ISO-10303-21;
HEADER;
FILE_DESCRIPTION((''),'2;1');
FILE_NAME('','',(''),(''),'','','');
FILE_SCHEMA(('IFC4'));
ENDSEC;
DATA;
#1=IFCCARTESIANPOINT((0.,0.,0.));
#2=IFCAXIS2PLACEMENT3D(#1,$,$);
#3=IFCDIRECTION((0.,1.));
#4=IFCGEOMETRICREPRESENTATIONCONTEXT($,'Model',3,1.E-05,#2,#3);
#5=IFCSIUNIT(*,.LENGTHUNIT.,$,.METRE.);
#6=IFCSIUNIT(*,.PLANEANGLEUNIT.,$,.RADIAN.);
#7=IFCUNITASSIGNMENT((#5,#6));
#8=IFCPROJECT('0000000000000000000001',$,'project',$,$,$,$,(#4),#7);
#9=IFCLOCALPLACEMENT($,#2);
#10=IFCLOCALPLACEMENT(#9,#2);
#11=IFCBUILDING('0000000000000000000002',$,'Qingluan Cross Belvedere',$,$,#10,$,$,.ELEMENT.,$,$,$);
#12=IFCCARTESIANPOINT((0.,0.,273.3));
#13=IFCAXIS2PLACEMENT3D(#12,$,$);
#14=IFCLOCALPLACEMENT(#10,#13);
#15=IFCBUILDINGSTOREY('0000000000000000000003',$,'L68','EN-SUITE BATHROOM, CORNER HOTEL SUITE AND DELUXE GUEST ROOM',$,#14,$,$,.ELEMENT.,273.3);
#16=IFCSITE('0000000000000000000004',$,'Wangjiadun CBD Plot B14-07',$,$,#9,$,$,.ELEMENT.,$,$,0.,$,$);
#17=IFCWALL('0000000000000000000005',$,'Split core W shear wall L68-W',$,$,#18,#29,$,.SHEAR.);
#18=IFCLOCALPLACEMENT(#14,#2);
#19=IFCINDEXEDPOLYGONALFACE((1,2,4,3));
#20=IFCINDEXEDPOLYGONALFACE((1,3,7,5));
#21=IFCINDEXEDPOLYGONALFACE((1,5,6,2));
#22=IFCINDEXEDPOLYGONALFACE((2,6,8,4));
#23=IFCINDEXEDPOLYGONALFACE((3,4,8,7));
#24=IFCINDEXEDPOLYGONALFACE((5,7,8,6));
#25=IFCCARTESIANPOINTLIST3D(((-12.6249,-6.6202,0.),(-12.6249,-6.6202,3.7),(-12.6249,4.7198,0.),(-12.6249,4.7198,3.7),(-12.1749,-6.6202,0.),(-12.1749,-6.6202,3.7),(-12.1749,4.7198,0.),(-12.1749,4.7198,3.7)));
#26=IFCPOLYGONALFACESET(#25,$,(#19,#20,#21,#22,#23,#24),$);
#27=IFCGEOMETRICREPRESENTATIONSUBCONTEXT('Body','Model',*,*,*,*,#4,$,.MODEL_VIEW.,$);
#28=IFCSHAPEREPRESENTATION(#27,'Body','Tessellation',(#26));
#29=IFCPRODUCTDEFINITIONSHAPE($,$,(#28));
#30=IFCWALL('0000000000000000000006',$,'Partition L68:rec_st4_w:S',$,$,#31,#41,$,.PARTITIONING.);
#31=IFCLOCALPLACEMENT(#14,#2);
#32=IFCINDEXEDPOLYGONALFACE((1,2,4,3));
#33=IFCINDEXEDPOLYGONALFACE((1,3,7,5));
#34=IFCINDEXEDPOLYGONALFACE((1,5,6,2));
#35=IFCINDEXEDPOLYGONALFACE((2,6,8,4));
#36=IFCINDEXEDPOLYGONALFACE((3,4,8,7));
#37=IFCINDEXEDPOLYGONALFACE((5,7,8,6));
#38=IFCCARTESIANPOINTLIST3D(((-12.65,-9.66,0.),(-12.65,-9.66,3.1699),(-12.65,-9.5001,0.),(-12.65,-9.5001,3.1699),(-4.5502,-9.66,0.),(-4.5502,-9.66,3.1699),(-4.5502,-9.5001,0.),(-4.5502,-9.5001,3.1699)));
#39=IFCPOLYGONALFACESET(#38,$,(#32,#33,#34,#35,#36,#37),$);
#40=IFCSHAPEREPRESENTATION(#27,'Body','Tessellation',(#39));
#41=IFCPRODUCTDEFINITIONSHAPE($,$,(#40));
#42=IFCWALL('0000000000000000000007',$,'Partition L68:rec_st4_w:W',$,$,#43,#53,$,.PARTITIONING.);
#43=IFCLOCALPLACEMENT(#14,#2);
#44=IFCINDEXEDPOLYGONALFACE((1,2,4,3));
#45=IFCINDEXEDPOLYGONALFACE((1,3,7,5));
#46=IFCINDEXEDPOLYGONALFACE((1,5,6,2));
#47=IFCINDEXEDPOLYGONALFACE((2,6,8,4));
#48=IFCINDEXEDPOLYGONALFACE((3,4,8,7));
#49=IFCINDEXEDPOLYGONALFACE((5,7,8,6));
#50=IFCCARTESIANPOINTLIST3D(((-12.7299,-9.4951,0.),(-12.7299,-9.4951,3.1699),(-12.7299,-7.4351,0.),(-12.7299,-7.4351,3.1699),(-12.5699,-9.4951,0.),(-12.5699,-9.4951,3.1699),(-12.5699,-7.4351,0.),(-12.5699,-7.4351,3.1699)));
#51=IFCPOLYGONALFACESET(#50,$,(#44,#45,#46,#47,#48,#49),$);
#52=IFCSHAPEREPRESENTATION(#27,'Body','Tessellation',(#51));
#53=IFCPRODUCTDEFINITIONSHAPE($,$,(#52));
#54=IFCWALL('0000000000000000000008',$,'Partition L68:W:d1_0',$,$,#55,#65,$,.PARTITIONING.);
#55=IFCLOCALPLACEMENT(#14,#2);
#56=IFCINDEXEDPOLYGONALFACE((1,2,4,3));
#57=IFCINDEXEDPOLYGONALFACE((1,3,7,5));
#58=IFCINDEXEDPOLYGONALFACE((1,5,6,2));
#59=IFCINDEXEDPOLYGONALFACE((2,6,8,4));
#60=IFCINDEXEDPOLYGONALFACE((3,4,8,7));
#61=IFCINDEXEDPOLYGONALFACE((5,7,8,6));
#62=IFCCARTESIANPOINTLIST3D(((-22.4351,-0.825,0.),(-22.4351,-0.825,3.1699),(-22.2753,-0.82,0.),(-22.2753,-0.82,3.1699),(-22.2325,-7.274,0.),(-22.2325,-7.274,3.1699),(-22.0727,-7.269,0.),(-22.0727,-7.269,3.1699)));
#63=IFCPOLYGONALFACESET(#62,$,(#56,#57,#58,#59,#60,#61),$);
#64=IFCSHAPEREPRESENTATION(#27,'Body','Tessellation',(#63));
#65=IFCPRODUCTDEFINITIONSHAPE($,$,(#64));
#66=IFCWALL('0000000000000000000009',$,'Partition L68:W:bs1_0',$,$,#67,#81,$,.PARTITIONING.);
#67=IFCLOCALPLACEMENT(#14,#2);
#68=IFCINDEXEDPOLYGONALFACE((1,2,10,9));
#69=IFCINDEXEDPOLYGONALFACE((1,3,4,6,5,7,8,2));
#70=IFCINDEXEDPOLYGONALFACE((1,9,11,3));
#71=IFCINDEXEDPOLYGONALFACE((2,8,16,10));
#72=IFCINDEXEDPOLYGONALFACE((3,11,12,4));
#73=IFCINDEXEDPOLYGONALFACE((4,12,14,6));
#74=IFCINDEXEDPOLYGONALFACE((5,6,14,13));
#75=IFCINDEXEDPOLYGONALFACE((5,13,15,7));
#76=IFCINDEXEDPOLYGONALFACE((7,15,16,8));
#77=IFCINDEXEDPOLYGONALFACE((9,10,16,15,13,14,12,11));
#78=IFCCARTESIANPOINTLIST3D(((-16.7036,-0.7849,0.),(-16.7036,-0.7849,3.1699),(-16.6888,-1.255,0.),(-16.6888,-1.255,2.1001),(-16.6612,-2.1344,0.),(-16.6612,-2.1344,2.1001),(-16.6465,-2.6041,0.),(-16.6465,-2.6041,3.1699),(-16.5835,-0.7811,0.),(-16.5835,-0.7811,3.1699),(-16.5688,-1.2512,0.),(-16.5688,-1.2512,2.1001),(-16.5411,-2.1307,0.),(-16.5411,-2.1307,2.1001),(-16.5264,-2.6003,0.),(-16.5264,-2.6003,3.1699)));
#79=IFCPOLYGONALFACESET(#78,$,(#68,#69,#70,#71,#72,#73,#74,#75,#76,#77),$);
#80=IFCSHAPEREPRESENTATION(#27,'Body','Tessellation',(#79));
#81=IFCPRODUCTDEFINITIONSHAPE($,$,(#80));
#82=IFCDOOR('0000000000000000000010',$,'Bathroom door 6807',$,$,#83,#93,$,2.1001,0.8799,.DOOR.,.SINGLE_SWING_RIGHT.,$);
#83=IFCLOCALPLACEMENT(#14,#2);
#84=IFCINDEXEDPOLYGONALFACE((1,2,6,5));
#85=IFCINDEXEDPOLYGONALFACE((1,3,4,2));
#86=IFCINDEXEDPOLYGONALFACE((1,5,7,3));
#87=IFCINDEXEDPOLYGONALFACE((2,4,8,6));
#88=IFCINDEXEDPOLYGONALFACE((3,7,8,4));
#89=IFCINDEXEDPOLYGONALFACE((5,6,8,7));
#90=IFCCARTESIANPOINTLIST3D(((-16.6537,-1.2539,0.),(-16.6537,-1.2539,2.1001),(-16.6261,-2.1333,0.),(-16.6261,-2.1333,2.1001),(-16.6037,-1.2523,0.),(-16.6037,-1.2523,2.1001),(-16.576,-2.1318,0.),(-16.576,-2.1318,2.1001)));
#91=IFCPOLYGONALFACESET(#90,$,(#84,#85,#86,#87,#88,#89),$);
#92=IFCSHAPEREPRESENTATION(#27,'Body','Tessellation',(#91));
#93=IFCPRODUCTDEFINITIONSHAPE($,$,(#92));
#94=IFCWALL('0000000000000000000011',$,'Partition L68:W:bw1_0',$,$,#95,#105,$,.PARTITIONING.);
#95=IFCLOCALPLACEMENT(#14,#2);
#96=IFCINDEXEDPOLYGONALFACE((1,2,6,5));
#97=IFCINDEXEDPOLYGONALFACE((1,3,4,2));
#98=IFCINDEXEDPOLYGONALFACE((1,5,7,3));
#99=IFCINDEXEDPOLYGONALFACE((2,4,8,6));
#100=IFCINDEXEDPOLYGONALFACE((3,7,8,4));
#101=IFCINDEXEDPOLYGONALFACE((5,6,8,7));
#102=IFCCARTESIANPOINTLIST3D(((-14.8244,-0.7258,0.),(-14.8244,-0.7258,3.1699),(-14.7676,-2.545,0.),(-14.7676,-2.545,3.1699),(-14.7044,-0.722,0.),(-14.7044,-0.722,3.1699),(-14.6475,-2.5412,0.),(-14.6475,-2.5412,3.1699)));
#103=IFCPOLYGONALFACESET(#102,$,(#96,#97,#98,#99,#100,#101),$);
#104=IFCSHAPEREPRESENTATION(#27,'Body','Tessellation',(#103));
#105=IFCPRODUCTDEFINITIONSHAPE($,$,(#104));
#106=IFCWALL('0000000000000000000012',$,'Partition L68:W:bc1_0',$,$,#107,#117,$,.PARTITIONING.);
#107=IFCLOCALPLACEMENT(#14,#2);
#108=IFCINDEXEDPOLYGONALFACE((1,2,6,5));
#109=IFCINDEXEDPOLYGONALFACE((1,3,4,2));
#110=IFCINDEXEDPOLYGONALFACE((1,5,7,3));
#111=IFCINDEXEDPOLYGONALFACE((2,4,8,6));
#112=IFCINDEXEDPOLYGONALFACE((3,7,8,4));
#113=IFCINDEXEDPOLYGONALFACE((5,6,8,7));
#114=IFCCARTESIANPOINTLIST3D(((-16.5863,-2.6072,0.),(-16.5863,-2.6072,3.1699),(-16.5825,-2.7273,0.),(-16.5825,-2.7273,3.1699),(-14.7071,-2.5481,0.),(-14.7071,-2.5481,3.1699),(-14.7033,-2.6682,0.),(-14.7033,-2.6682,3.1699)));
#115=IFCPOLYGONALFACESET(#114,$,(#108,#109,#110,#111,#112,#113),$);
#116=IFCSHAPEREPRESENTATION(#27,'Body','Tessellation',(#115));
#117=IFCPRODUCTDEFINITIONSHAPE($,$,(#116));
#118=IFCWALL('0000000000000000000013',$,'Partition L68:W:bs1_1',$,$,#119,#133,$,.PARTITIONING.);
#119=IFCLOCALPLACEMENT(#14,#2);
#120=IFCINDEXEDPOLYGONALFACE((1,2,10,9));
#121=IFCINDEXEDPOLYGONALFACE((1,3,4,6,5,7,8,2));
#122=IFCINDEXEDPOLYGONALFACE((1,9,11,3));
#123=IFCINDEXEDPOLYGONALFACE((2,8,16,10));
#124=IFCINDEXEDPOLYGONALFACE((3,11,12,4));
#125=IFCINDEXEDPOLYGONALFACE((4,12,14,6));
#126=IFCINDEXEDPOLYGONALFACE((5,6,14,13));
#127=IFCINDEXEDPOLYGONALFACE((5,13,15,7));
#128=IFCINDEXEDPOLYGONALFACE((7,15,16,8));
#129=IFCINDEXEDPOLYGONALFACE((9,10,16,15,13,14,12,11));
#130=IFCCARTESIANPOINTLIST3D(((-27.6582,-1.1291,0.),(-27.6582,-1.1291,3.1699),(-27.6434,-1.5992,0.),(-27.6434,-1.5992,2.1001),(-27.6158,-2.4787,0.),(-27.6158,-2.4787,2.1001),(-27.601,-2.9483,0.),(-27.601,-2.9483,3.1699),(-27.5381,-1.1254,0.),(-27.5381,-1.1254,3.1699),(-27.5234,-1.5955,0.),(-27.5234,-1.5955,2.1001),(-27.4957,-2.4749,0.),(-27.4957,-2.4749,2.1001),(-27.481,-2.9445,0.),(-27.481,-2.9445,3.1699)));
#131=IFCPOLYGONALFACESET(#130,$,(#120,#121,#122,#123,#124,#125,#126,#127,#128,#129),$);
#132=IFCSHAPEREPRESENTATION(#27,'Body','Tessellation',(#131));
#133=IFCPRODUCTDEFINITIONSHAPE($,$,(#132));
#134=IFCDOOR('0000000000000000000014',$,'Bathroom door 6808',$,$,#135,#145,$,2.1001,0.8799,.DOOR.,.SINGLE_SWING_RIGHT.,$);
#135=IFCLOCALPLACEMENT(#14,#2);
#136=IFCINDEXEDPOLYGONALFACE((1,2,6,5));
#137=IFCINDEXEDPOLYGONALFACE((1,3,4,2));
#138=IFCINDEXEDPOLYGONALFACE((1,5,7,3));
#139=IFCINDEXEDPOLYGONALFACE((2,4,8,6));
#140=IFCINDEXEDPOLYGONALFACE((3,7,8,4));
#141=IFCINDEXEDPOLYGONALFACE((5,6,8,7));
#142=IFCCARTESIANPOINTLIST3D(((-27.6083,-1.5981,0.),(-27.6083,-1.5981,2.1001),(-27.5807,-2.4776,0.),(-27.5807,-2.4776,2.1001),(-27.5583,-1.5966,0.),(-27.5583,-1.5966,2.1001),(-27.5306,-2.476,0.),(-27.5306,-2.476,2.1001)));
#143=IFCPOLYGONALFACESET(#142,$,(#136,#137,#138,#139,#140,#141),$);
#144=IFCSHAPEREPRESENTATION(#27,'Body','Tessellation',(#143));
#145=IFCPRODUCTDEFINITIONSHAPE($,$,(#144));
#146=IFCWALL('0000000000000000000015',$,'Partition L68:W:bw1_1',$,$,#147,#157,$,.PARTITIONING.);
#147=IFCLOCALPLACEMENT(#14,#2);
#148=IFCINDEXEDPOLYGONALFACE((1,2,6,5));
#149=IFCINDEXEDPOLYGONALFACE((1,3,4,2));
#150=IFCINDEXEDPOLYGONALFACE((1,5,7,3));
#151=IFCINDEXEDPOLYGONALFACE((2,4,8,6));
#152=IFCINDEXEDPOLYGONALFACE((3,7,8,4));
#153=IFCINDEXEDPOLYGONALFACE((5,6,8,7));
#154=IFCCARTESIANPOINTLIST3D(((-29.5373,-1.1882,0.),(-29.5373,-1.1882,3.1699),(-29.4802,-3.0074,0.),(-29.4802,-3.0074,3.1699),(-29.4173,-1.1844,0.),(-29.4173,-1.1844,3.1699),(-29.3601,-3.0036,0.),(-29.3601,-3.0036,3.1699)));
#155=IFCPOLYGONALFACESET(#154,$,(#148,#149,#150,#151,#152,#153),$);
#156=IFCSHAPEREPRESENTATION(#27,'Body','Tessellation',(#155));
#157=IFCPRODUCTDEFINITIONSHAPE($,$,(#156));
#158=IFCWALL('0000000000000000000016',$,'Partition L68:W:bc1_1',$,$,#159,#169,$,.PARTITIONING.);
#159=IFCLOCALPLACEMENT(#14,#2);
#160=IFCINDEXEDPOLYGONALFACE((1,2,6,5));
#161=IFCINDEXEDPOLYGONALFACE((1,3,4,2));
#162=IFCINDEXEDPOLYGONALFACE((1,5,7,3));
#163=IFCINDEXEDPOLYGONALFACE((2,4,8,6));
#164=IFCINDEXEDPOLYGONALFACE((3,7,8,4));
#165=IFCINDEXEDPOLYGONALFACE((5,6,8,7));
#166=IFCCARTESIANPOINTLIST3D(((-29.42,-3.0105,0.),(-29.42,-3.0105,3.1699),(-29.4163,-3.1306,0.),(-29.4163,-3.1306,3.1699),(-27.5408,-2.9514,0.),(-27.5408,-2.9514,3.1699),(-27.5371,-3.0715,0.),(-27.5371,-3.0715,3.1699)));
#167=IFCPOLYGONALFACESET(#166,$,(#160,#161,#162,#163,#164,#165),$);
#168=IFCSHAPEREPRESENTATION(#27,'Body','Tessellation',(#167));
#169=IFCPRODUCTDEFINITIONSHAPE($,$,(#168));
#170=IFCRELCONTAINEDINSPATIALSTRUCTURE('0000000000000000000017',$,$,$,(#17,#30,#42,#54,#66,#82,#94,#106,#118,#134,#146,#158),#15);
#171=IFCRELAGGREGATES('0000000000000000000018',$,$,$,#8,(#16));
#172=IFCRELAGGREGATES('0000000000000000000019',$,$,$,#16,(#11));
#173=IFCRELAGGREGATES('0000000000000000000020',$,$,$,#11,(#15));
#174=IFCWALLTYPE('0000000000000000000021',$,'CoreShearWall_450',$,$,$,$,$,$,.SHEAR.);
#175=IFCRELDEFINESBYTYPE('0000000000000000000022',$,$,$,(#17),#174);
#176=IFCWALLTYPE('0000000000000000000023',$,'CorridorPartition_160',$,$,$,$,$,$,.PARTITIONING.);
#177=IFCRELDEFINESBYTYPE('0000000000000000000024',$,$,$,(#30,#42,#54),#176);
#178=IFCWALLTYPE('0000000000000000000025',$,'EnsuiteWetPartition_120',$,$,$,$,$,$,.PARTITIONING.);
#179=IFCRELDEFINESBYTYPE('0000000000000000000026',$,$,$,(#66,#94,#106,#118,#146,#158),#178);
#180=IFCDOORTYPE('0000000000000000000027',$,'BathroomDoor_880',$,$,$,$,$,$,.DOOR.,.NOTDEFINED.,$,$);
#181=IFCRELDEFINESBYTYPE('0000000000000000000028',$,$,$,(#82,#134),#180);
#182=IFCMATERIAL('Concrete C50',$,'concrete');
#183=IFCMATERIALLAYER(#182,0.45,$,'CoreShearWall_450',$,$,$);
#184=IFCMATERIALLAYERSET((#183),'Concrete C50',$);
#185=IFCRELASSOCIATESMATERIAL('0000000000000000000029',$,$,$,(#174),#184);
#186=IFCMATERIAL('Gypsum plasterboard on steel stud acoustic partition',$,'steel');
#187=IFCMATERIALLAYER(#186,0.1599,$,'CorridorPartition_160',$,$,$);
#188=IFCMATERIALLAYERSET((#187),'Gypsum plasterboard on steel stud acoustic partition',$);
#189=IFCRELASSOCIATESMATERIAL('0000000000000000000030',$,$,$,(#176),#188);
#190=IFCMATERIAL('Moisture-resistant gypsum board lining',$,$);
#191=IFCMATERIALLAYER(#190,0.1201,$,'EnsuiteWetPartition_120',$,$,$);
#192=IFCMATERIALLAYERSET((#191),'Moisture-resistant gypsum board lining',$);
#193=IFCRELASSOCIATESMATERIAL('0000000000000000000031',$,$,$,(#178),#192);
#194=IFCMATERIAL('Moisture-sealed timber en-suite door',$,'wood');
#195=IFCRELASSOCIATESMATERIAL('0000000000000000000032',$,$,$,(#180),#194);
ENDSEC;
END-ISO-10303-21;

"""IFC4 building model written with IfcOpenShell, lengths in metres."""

from ifc_helpers import new_model, si_unit, direction, frame, frame_2d, origin, place, context, subcontext, project, spatial, rectangle, extrude, material, layer, layer_set, type_object, element, fill, save


model = new_model("IFC4")

# Units and contexts
model_context = context("Model", 3, precision=1e-05, world=origin(), true_north=direction((0.0, 1.0)))
body_context = subcontext(model_context, "Body", "Model", "MODEL_VIEW")
ifc_project = project(units=[si_unit("LENGTHUNIT", "METRE"), si_unit("PLANEANGLEUNIT", "RADIAN")], contexts=[model_context])

# Site, building, storey
site_placement = place(None, origin())
site = spatial("IfcSite", under=ifc_project, at=site_placement, Name="Wangjiadun CBD Plot B14-07", CompositionType="ELEMENT", RefElevation=0.0)
building_placement = place(site_placement, origin())
building = spatial("IfcBuilding", under=site, at=building_placement, Name="Qingluan Cross Belvedere", CompositionType="ELEMENT")
storey_placement = place(building_placement, frame((0.0, 0.0, 273.3)))
storey = spatial("IfcBuildingStorey", under=building, at=storey_placement, Name="L68", Description="EN-SUITE BATHROOM, CORNER HOTEL SUITE AND DELUXE GUEST ROOM", CompositionType="ELEMENT", Elevation=273.3)

# Walls
ifc_material_1 = material(Name="Concrete C50", Category="concrete")
ifc_layer_1 = layer(ifc_material_1, 0.45, Name="CoreShearWall_450")
ifc_layer_set_1 = layer_set([ifc_layer_1], Name="Concrete C50")
wall_type_1 = type_object("IfcWallType", Name="CoreShearWall_450", PredefinedType="SHEAR", material=ifc_layer_set_1)
wall_1_placement = place(storey_placement, frame((-12.3999, -6.6201, 0.0), z_axis=(0.0, 0.0, 1.0), x_axis=(0.0, 1.0, 0.0)))
element("IfcWall", 1, at=wall_1_placement, inside=storey, type_object=wall_type_1, Name="Split core W shear wall L68-W", PredefinedType="SHEAR", context=body_context, shape_type="SweptSolid", body=[
    extrude(rectangle(XDim=11.3401, YDim=0.45, at=frame_2d((5.6699, 0.0))), origin(), (0.0, 0.0, 1.0), 3.7),
])
ifc_material_2 = material(Name="Gypsum plasterboard on steel stud acoustic partition", Category="steel")
ifc_layer_2 = layer(ifc_material_2, 0.1599, Name="CorridorPartition_160")
ifc_layer_set_2 = layer_set([ifc_layer_2], Name="Gypsum plasterboard on steel stud acoustic partition")
wall_type_2 = type_object("IfcWallType", Name="CorridorPartition_160", PredefinedType="PARTITIONING", material=ifc_layer_set_2)
wall_2_placement = place(storey_placement, frame((-12.6499, -9.5801, 0.0), z_axis=(0.0, 0.0, 1.0), x_axis=(1.0, 0.0, 0.0)))
element("IfcWall", 2, at=wall_2_placement, inside=storey, type_object=wall_type_2, Name="Partition L68:rec_st4_w:S", PredefinedType="PARTITIONING", context=body_context, shape_type="SweptSolid", body=[
    extrude(rectangle(XDim=8.0999, YDim=0.1599, at=frame_2d((4.0498, 0.0))), origin(), (0.0, 0.0, 1.0), 3.1699),
])
wall_3_placement = place(storey_placement, frame((-12.6499, -9.4951, 0.0), z_axis=(0.0, 0.0, 1.0), x_axis=(0.0, 1.0, 0.0)))
element("IfcWall", 3, at=wall_3_placement, inside=storey, type_object=wall_type_2, Name="Partition L68:rec_st4_w:W", PredefinedType="PARTITIONING", context=body_context, shape_type="SweptSolid", body=[
    extrude(rectangle(XDim=2.0601, YDim=0.1599, at=frame_2d((1.03, 0.0))), origin(), (0.0, 0.0, 1.0), 3.1699),
])
wall_4_placement = place(storey_placement, frame((-22.3552, -0.8225, 0.0), z_axis=(0.0, 0.0, 1.0), x_axis=(0.031406, -0.999507, 0.0)))
element("IfcWall", 4, at=wall_4_placement, inside=storey, type_object=wall_type_2, Name="Partition L68:W:d1_0", PredefinedType="PARTITIONING", context=body_context, shape_type="SweptSolid", body=[
    extrude(rectangle(XDim=6.4521, YDim=0.1599, at=frame_2d((3.2261, 0.0))), origin(), (0.0, 0.0, 1.0), 3.1699),
])

# Wall, opening, door
ifc_material_3 = material(Name="Moisture-resistant gypsum board lining")
ifc_layer_3 = layer(ifc_material_3, 0.1201, Name="EnsuiteWetPartition_120")
ifc_layer_set_3 = layer_set([ifc_layer_3], Name="Moisture-resistant gypsum board lining")
wall_type_3 = type_object("IfcWallType", Name="EnsuiteWetPartition_120", PredefinedType="PARTITIONING", material=ifc_layer_set_3)
wall_5_placement = place(storey_placement, frame((-16.5864, -2.6023, 0.0), z_axis=(0.0, 0.0, 1.0), x_axis=(-0.03139, 0.999507, 0.0)))
wall_5 = element("IfcWall", 5, at=wall_5_placement, inside=storey, type_object=wall_type_3, Name="Partition L68:W:bs1_0", PredefinedType="PARTITIONING", context=body_context, shape_type="SweptSolid", body=[
    extrude(rectangle(XDim=1.8201, YDim=0.1201, at=frame_2d((0.9102, 0.0))), origin(), (0.0, 0.0, 1.0), 3.1699),
])
opening_1_placement = place(wall_5_placement, frame((0.47, 0.0, 0.0)))
opening_1 = element("IfcOpeningElement", 6, at=opening_1_placement, cuts=wall_5, PredefinedType="OPENING", context=body_context, shape_type="SweptSolid", body=[
    extrude(rectangle(XDim=0.8799, YDim=2.1001, at=frame_2d((0.4399, 1.05))), frame((0.0, 0.0701, 0.0), z_axis=(0.0, -1.0, 0.0), x_axis=(1.0, 0.0, 0.0)), (0.0, 0.0, 1.0), 0.1401),
])
ifc_material_4 = material(Name="Moisture-sealed timber en-suite door", Category="wood")
door_type = type_object("IfcDoorType", Name="BathroomDoor_880", OperationType="NOTDEFINED", PredefinedType="DOOR", material=ifc_material_4)
door_1_placement = place(opening_1_placement, origin())
door_1 = element("IfcDoor", 7, at=door_1_placement, inside=storey, type_object=door_type, Name="Bathroom door 6807", OperationType="SINGLE_SWING_RIGHT", OverallHeight=2.1001, OverallWidth=0.8799, PredefinedType="DOOR", context=body_context, shape_type="SweptSolid", body=[
    extrude(rectangle(XDim=0.8799, YDim=2.1001, at=frame_2d((0.4399, 1.05))), frame((0.0, 0.0249, 0.0), z_axis=(0.0, -1.0, 0.0), x_axis=(1.0, 0.0, 0.0)), (0.0, 0.0, 1.0), 0.05),
])
fill(opening_1, door_1)

# Walls
wall_6_placement = place(storey_placement, frame((-14.7075, -2.5432, 0.0), z_axis=(0.0, 0.0, 1.0), x_axis=(-0.031256, 0.999511, 0.0)))
element("IfcWall", 8, at=wall_6_placement, inside=storey, type_object=wall_type_3, Name="Partition L68:W:bw1_0", PredefinedType="PARTITIONING", context=body_context, shape_type="SweptSolid", body=[
    extrude(rectangle(XDim=1.8201, YDim=0.1201, at=frame_2d((0.9102, 0.0))), origin(), (0.0, 0.0, 1.0), 3.1699),
])
wall_7_placement = place(storey_placement, frame((-14.7053, -2.6082, 0.0), z_axis=(0.0, 0.0, 1.0), x_axis=(-0.999506, -0.031425, 0.0)))
element("IfcWall", 9, at=wall_7_placement, inside=storey, type_object=wall_type_3, Name="Partition L68:W:bc1_0", PredefinedType="PARTITIONING", context=body_context, shape_type="SweptSolid", body=[
    extrude(rectangle(XDim=1.8801, YDim=0.1201, at=frame_2d((0.9399, 0.0))), origin(), (0.0, 0.0, 1.0), 3.1699),
])

# Wall, opening, door
wall_8_placement = place(storey_placement, frame((-27.541, -2.9465, 0.0), z_axis=(0.0, 0.0, 1.0), x_axis=(-0.03139, 0.999507, 0.0)))
wall_8 = element("IfcWall", 10, at=wall_8_placement, inside=storey, type_object=wall_type_3, Name="Partition L68:W:bs1_1", PredefinedType="PARTITIONING", context=body_context, shape_type="SweptSolid", body=[
    extrude(rectangle(XDim=1.8201, YDim=0.1201, at=frame_2d((0.9102, 0.0))), origin(), (0.0, 0.0, 1.0), 3.1699),
])
opening_2_placement = place(wall_8_placement, frame((0.47, 0.0, 0.0)))
opening_2 = element("IfcOpeningElement", 11, at=opening_2_placement, cuts=wall_8, PredefinedType="OPENING", context=body_context, shape_type="SweptSolid", body=[
    extrude(rectangle(XDim=0.8799, YDim=2.1001, at=frame_2d((0.4399, 1.05))), frame((0.0, 0.0701, 0.0), z_axis=(0.0, -1.0, 0.0), x_axis=(1.0, 0.0, 0.0)), (0.0, 0.0, 1.0), 0.1401),
])
door_2_placement = place(opening_2_placement, origin())
door_2 = element("IfcDoor", 12, at=door_2_placement, inside=storey, type_object=door_type, Name="Bathroom door 6808", OperationType="SINGLE_SWING_RIGHT", OverallHeight=2.1001, OverallWidth=0.8799, PredefinedType="DOOR", context=body_context, shape_type="SweptSolid", body=[
    extrude(rectangle(XDim=0.8799, YDim=2.1001, at=frame_2d((0.4399, 1.05))), frame((0.0, 0.0249, 0.0), z_axis=(0.0, -1.0, 0.0), x_axis=(1.0, 0.0, 0.0)), (0.0, 0.0, 1.0), 0.05),
])
fill(opening_2, door_2)

# Walls
wall_9_placement = place(storey_placement, frame((-29.4202, -3.0056, 0.0), z_axis=(0.0, 0.0, 1.0), x_axis=(-0.03139, 0.999507, 0.0)))
element("IfcWall", 13, at=wall_9_placement, inside=storey, type_object=wall_type_3, Name="Partition L68:W:bw1_1", PredefinedType="PARTITIONING", context=body_context, shape_type="SweptSolid", body=[
    extrude(rectangle(XDim=1.8201, YDim=0.1201, at=frame_2d((0.9102, 0.0))), origin(), (0.0, 0.0, 1.0), 3.1699),
])
wall_10_placement = place(storey_placement, frame((-27.5391, -3.0115, 0.0), z_axis=(0.0, 0.0, 1.0), x_axis=(-0.999506, -0.031425, 0.0)))
element("IfcWall", 14, at=wall_10_placement, inside=storey, type_object=wall_type_3, Name="Partition L68:W:bc1_1", PredefinedType="PARTITIONING", context=body_context, shape_type="SweptSolid", body=[
    extrude(rectangle(XDim=1.8801, YDim=0.1201, at=frame_2d((0.9399, 0.0))), origin(), (0.0, 0.0, 1.0), 3.1699),
])

save(model, "model.ifc")
